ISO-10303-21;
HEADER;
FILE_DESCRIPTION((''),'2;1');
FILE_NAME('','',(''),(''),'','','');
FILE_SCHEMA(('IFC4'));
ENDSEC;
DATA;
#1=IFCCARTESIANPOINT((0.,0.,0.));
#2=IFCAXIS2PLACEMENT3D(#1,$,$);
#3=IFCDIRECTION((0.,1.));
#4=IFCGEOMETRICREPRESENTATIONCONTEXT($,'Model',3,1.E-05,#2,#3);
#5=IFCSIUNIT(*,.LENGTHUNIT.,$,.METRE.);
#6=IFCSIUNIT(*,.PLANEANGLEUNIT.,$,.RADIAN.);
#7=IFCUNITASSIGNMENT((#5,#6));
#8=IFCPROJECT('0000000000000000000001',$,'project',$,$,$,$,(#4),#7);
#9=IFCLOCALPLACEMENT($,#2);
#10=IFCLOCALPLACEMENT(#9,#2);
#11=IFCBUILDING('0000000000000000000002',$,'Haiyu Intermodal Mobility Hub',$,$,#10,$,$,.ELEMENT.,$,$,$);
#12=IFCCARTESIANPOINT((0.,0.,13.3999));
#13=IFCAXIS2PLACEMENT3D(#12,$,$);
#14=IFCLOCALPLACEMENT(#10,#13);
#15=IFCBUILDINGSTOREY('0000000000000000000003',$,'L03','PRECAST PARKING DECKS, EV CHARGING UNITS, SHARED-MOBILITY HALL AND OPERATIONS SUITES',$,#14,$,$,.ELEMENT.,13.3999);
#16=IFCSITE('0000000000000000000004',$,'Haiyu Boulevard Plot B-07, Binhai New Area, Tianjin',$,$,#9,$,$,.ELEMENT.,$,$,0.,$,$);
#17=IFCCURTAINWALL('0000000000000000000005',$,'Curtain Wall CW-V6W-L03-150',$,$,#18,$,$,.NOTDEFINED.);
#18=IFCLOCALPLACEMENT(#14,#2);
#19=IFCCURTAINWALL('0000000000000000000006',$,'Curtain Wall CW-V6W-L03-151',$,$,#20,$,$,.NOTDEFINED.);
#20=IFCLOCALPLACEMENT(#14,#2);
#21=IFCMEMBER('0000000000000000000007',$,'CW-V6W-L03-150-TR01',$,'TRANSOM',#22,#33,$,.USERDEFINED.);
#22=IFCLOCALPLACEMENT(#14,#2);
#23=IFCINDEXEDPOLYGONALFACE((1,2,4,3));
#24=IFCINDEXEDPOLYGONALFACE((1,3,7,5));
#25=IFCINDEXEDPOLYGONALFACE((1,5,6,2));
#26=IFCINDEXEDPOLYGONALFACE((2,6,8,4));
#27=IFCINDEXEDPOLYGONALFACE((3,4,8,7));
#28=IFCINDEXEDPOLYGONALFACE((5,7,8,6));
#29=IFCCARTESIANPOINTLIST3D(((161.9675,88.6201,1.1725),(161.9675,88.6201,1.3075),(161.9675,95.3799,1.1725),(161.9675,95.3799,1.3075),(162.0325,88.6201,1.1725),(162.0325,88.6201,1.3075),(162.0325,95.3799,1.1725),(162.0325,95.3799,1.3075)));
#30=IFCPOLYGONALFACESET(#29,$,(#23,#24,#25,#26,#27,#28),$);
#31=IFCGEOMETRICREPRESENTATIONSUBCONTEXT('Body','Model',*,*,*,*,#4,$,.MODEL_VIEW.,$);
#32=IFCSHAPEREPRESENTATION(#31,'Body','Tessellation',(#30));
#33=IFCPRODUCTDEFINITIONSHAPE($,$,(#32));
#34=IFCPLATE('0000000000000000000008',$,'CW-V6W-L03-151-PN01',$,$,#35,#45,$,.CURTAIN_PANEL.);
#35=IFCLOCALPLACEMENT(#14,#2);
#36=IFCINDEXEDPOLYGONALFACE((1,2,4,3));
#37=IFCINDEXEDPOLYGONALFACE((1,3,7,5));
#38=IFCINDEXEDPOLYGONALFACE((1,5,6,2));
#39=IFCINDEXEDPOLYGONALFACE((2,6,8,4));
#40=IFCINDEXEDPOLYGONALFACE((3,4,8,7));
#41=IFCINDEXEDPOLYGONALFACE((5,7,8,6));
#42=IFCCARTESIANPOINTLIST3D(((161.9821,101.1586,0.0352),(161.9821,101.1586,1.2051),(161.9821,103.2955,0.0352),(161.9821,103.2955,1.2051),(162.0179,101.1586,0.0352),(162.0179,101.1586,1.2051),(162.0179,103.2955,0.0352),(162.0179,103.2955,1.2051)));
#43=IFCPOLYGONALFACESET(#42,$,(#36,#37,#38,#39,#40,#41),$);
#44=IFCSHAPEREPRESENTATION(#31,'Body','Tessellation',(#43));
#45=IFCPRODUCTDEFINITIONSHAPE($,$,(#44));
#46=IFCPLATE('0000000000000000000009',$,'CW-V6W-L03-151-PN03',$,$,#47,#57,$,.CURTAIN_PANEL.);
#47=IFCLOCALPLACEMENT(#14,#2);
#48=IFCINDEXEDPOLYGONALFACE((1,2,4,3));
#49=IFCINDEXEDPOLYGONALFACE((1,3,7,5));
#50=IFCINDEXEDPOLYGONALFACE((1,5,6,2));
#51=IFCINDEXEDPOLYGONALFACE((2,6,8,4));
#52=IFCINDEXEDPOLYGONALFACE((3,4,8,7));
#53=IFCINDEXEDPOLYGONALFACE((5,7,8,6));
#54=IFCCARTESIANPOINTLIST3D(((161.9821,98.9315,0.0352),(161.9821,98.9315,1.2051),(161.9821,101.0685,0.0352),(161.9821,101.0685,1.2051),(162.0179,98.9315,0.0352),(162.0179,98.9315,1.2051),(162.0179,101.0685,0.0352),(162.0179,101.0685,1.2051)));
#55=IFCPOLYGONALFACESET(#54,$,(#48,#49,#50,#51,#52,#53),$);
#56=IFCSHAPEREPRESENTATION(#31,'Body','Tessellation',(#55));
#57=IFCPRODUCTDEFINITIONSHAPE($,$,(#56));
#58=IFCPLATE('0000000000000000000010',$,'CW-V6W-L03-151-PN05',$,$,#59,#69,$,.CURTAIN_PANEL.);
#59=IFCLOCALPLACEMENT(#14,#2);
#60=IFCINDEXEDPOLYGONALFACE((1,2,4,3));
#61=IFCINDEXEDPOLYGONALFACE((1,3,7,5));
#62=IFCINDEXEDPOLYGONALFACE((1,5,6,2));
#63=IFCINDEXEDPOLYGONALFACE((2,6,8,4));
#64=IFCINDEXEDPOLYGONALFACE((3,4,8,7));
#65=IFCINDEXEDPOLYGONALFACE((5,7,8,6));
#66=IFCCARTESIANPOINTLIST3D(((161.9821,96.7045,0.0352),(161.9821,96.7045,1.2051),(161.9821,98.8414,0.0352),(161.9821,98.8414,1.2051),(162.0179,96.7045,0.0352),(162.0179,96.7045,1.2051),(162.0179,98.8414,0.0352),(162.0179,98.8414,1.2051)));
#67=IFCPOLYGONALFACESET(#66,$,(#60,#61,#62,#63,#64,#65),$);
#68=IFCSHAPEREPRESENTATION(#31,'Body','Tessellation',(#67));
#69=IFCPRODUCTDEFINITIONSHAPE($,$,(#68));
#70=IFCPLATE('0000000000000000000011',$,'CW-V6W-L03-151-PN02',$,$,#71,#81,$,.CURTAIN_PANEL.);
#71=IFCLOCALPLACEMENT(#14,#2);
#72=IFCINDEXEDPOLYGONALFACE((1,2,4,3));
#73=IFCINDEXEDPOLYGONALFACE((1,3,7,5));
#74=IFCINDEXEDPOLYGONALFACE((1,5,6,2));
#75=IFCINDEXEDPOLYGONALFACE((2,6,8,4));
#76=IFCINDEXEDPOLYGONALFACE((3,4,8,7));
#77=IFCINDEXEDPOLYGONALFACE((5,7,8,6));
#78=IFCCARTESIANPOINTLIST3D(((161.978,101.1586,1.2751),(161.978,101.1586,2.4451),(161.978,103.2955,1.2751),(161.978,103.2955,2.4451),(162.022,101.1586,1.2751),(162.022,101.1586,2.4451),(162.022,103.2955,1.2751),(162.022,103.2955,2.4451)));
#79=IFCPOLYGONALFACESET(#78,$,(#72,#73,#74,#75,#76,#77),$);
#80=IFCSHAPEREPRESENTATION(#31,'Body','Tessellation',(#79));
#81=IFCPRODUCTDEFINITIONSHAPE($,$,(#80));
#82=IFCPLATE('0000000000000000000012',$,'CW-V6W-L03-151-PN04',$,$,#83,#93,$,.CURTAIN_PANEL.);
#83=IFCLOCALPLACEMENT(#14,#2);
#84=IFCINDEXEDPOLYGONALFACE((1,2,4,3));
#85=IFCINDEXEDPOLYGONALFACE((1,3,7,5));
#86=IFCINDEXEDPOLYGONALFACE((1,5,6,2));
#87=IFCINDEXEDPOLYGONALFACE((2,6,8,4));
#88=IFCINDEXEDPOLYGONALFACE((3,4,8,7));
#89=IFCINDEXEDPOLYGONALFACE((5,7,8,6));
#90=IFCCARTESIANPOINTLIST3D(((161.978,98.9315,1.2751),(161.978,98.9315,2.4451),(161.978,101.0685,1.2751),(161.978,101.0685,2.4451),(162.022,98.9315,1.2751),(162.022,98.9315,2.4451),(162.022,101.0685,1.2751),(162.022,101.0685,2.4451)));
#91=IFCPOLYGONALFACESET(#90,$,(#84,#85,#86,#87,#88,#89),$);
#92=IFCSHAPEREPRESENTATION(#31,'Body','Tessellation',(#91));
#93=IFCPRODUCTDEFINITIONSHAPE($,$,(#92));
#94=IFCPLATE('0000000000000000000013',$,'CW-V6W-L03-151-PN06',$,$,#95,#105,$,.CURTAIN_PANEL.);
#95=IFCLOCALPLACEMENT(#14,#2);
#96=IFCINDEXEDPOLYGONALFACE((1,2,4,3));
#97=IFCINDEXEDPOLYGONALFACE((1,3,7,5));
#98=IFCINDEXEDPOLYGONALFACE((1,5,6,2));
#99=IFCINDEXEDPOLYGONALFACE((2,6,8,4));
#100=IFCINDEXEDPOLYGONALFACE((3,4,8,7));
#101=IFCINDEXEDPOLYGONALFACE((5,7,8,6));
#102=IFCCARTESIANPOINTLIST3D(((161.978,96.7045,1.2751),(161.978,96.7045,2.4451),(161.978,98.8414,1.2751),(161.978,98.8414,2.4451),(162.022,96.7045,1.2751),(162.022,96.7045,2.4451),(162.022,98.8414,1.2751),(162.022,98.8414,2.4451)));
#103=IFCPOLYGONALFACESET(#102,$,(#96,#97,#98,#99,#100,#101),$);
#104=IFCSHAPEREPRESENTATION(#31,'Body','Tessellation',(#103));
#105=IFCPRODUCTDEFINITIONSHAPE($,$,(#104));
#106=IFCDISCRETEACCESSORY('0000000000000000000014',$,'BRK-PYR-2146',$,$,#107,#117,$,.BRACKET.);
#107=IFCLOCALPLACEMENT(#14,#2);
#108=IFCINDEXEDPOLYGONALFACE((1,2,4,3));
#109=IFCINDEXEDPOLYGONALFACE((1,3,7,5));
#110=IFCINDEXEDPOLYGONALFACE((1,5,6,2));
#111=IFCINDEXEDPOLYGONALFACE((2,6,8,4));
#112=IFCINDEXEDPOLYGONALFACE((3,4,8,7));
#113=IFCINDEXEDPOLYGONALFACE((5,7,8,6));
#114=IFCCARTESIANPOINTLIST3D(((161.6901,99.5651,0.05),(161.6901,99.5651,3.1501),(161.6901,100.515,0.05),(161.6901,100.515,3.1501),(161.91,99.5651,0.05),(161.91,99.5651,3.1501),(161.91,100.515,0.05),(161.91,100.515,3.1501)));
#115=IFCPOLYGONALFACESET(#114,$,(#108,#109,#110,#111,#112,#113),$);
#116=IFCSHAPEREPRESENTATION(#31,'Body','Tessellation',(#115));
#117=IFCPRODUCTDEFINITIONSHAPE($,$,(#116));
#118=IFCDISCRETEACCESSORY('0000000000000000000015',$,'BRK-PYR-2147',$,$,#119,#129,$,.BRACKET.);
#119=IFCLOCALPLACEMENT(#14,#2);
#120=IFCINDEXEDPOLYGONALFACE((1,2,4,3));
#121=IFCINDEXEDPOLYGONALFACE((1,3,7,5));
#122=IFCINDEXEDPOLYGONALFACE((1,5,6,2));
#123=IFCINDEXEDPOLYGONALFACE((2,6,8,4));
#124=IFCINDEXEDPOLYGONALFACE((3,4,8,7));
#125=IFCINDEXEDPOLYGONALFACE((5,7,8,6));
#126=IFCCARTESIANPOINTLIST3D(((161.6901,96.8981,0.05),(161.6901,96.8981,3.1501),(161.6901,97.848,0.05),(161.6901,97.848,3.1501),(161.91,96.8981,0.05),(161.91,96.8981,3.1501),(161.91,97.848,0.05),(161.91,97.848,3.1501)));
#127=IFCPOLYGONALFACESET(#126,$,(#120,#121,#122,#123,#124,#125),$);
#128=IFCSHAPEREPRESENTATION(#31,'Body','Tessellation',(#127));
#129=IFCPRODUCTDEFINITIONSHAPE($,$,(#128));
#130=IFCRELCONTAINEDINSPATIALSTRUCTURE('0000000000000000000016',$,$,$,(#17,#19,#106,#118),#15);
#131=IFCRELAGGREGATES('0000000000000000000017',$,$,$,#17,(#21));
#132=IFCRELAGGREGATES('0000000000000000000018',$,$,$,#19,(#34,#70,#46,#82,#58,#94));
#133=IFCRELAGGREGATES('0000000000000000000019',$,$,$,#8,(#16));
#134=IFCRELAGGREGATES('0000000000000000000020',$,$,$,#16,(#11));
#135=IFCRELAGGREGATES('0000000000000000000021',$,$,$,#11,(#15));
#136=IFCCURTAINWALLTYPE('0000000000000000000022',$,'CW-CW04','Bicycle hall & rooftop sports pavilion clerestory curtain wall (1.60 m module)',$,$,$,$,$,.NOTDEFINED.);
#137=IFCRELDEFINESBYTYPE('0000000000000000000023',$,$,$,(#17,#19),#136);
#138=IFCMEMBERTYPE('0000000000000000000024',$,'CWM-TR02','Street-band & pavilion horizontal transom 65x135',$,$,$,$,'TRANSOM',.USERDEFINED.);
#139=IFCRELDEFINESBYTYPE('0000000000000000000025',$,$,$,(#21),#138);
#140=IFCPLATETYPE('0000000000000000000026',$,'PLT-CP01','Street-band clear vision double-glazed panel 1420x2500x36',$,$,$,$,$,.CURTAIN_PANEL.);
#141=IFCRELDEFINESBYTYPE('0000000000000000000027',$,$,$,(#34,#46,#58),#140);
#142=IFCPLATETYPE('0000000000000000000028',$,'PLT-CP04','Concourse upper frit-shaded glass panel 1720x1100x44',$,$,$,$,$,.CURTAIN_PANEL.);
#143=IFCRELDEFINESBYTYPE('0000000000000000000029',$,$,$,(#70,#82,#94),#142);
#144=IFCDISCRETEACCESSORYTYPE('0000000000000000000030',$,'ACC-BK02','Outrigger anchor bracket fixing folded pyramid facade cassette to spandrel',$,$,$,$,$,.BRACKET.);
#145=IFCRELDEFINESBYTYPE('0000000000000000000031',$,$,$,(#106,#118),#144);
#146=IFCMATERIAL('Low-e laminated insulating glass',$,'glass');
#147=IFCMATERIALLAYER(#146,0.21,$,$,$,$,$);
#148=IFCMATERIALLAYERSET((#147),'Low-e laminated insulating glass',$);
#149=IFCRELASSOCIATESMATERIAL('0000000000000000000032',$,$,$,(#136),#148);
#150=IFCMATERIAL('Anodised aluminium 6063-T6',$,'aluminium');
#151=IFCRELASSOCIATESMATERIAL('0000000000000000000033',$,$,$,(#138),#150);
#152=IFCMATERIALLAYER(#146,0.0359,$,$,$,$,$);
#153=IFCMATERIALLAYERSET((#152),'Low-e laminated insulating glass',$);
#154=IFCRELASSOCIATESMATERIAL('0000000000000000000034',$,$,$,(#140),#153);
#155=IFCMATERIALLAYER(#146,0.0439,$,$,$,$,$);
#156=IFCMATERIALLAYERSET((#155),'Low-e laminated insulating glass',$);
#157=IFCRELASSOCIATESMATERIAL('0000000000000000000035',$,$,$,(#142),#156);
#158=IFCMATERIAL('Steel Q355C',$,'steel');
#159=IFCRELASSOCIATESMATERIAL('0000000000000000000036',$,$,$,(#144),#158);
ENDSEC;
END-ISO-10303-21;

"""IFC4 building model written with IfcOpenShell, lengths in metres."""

from ifc_helpers import new_model, si_unit, direction, frame, origin, origin_2d, place, context, subcontext, project, spatial, rectangle, extrude, material, layer, layer_set, material_profile, profile_set, type_object, element, aggregate, save


model = new_model("IFC4")

# Units and contexts
model_context = context("Model", 3, precision=1e-05, world=origin(), true_north=direction((0.0, 1.0)))
body_context = subcontext(model_context, "Body", "Model", "MODEL_VIEW")
ifc_project = project(units=[si_unit("LENGTHUNIT", "METRE"), si_unit("PLANEANGLEUNIT", "RADIAN")], contexts=[model_context])

# Site, building, storey
site_placement = place(None, origin())
site = spatial("IfcSite", under=ifc_project, at=site_placement, Name="Haiyu Boulevard Plot B-07, Binhai New Area, Tianjin", CompositionType="ELEMENT", RefElevation=0.0)
building_placement = place(site_placement, origin())
building = spatial("IfcBuilding", under=site, at=building_placement, Name="Haiyu Intermodal Mobility Hub", CompositionType="ELEMENT")
storey_placement = place(building_placement, frame((0.0, 0.0, 13.3999)))
storey = spatial("IfcBuildingStorey", under=building, at=storey_placement, Name="L03", Description="PRECAST PARKING DECKS, EV CHARGING UNITS, SHARED-MOBILITY HALL AND OPERATIONS SUITES", CompositionType="ELEMENT", Elevation=13.3999)

# Curtain wall
ifc_material_1 = material(Name="Low-e laminated insulating glass", Category="glass")
ifc_layer_1 = layer(ifc_material_1, 0.21)
ifc_layer_set_1 = layer_set([ifc_layer_1], Name="Low-e laminated insulating glass")
curtain_wall_type = type_object("IfcCurtainWallType", Name="CW-CW04", Description="Bicycle hall & rooftop sports pavilion clerestory curtain wall (1.60 m module)", PredefinedType="NOTDEFINED", material=ifc_layer_set_1)
curtain_wall_1_placement = place(storey_placement, origin())
curtain_wall_1 = element("IfcCurtainWall", 1, at=curtain_wall_1_placement, inside=storey, type_object=curtain_wall_type, Name="Curtain Wall CW-V6W-L03-150", PredefinedType="NOTDEFINED")
ifc_material_2 = material(Name="Anodised aluminium 6063-T6", Category="aluminium")

# Curtain wall
curtain_wall_2_placement = place(storey_placement, origin())
curtain_wall_2 = element("IfcCurtainWall", 2, at=curtain_wall_2_placement, inside=storey, type_object=curtain_wall_type, Name="Curtain Wall CW-V6W-L03-151", PredefinedType="NOTDEFINED")

# Member
ifc_material_profile_1 = material_profile(ifc_material_2, rectangle(XDim=0.0649, YDim=0.135, at=origin_2d()), Name="ALU65x135")
ifc_profile_set_1 = profile_set([ifc_material_profile_1], Name="Anodised aluminium 6063-T6")
member_type_1 = type_object("IfcMemberType", Name="CWM-TR02", Description="Street-band & pavilion horizontal transom 65x135", ElementType="TRANSOM", PredefinedType="USERDEFINED", material=ifc_profile_set_1)
member_1_placement = place(storey_placement, frame((162.0, 95.3799, 1.24), z_axis=(0.0, -1.0, 0.0), x_axis=(1.0, 0.0, 0.0)))
member_1 = element("IfcMember", 3, at=member_1_placement, type_object=member_type_1, Name="CW-V6W-L03-150-TR01", ObjectType="TRANSOM", PredefinedType="USERDEFINED", context=body_context, shape_type="SweptSolid", body=[
    extrude(rectangle(XDim=0.0649, YDim=0.135, at=origin_2d()), origin(), (0.0, 0.0, 1.0), 6.7598),
])
aggregate(curtain_wall_1, [member_1])

# Plates
ifc_layer_2 = layer(ifc_material_1, 0.0359)
ifc_layer_set_2 = layer_set([ifc_layer_2], Name="Low-e laminated insulating glass")
plate_type_1 = type_object("IfcPlateType", Name="PLT-CP01", Description="Street-band clear vision double-glazed panel 1420x2500x36", PredefinedType="CURTAIN_PANEL", material=ifc_layer_set_2)
plate_1_placement = place(storey_placement, frame((162.0, 102.2271, 0.0352), z_axis=(0.0, 0.0, 1.0), x_axis=(0.0, -1.0, 0.0)))
plate_1 = element("IfcPlate", 4, at=plate_1_placement, type_object=plate_type_1, Name="CW-V6W-L03-151-PN01", PredefinedType="CURTAIN_PANEL", context=body_context, shape_type="SweptSolid", body=[
    extrude(rectangle(XDim=2.137, YDim=0.0359, at=origin_2d()), origin(), (0.0, 0.0, 1.0), 1.1699),
])
plate_2_placement = place(storey_placement, frame((162.0, 100.0, 0.0352), z_axis=(0.0, 0.0, 1.0), x_axis=(0.0, -1.0, 0.0)))
plate_2 = element("IfcPlate", 5, at=plate_2_placement, type_object=plate_type_1, Name="CW-V6W-L03-151-PN03", PredefinedType="CURTAIN_PANEL", context=body_context, shape_type="SweptSolid", body=[
    extrude(rectangle(XDim=2.137, YDim=0.0359, at=origin_2d()), origin(), (0.0, 0.0, 1.0), 1.1699),
])
plate_3_placement = place(storey_placement, frame((162.0, 97.7729, 0.0352), z_axis=(0.0, 0.0, 1.0), x_axis=(0.0, -1.0, 0.0)))
plate_3 = element("IfcPlate", 6, at=plate_3_placement, type_object=plate_type_1, Name="CW-V6W-L03-151-PN05", PredefinedType="CURTAIN_PANEL", context=body_context, shape_type="SweptSolid", body=[
    extrude(rectangle(XDim=2.137, YDim=0.0359, at=origin_2d()), origin(), (0.0, 0.0, 1.0), 1.1699),
])
ifc_layer_3 = layer(ifc_material_1, 0.0439)
ifc_layer_set_3 = layer_set([ifc_layer_3], Name="Low-e laminated insulating glass")
plate_type_2 = type_object("IfcPlateType", Name="PLT-CP04", Description="Concourse upper frit-shaded glass panel 1720x1100x44", PredefinedType="CURTAIN_PANEL", material=ifc_layer_set_3)
plate_4_placement = place(storey_placement, frame((162.0, 102.2271, 1.2751), z_axis=(0.0, 0.0, 1.0), x_axis=(0.0, -1.0, 0.0)))
plate_4 = element("IfcPlate", 7, at=plate_4_placement, type_object=plate_type_2, Name="CW-V6W-L03-151-PN02", PredefinedType="CURTAIN_PANEL", context=body_context, shape_type="SweptSolid", body=[
    extrude(rectangle(XDim=2.137, YDim=0.0439, at=origin_2d()), origin(), (0.0, 0.0, 1.0), 1.1699),
])
plate_5_placement = place(storey_placement, frame((162.0, 100.0, 1.2751), z_axis=(0.0, 0.0, 1.0), x_axis=(0.0, -1.0, 0.0)))
plate_5 = element("IfcPlate", 8, at=plate_5_placement, type_object=plate_type_2, Name="CW-V6W-L03-151-PN04", PredefinedType="CURTAIN_PANEL", context=body_context, shape_type="SweptSolid", body=[
    extrude(rectangle(XDim=2.137, YDim=0.0439, at=origin_2d()), origin(), (0.0, 0.0, 1.0), 1.1699),
])
plate_6_placement = place(storey_placement, frame((162.0, 97.7729, 1.2751), z_axis=(0.0, 0.0, 1.0), x_axis=(0.0, -1.0, 0.0)))
plate_6 = element("IfcPlate", 9, at=plate_6_placement, type_object=plate_type_2, Name="CW-V6W-L03-151-PN06", PredefinedType="CURTAIN_PANEL", context=body_context, shape_type="SweptSolid", body=[
    extrude(rectangle(XDim=2.137, YDim=0.0439, at=origin_2d()), origin(), (0.0, 0.0, 1.0), 1.1699),
])
aggregate(curtain_wall_2, [plate_1, plate_4, plate_2, plate_5, plate_3, plate_6])

# Shared definitions
ifc_material_3 = material(Name="Steel Q355C", Category="steel")

# Discrete accessories
discrete_accessory_type = type_object("IfcDiscreteAccessoryType", Name="ACC-BK02", Description="Outrigger anchor bracket fixing folded pyramid facade cassette to spandrel", PredefinedType="BRACKET", material=ifc_material_3)
for number, where, z_axis, x_axis, name in (
    (10, (161.8, 100.04, 0.05), (0.0, 0.0, 1.0), (1.0, 0.0, 0.0), "BRK-PYR-2146"),
    (11, (161.8, 97.373, 0.05), (0.0, 0.0, 1.0), (1.0, 0.0, 0.0), "BRK-PYR-2147"),
):
    element("IfcDiscreteAccessory", number, at=place(storey_placement, frame(where, z_axis=z_axis, x_axis=x_axis)), inside=storey, type_object=discrete_accessory_type, Name=name, PredefinedType="BRACKET", context=body_context, shape_type="SweptSolid", body=[
        extrude(rectangle(XDim=0.22, YDim=0.95, at=origin_2d()), origin(), (0.0, 0.0, 1.0), 3.1001),
    ])

save(model, "model.ifc")
